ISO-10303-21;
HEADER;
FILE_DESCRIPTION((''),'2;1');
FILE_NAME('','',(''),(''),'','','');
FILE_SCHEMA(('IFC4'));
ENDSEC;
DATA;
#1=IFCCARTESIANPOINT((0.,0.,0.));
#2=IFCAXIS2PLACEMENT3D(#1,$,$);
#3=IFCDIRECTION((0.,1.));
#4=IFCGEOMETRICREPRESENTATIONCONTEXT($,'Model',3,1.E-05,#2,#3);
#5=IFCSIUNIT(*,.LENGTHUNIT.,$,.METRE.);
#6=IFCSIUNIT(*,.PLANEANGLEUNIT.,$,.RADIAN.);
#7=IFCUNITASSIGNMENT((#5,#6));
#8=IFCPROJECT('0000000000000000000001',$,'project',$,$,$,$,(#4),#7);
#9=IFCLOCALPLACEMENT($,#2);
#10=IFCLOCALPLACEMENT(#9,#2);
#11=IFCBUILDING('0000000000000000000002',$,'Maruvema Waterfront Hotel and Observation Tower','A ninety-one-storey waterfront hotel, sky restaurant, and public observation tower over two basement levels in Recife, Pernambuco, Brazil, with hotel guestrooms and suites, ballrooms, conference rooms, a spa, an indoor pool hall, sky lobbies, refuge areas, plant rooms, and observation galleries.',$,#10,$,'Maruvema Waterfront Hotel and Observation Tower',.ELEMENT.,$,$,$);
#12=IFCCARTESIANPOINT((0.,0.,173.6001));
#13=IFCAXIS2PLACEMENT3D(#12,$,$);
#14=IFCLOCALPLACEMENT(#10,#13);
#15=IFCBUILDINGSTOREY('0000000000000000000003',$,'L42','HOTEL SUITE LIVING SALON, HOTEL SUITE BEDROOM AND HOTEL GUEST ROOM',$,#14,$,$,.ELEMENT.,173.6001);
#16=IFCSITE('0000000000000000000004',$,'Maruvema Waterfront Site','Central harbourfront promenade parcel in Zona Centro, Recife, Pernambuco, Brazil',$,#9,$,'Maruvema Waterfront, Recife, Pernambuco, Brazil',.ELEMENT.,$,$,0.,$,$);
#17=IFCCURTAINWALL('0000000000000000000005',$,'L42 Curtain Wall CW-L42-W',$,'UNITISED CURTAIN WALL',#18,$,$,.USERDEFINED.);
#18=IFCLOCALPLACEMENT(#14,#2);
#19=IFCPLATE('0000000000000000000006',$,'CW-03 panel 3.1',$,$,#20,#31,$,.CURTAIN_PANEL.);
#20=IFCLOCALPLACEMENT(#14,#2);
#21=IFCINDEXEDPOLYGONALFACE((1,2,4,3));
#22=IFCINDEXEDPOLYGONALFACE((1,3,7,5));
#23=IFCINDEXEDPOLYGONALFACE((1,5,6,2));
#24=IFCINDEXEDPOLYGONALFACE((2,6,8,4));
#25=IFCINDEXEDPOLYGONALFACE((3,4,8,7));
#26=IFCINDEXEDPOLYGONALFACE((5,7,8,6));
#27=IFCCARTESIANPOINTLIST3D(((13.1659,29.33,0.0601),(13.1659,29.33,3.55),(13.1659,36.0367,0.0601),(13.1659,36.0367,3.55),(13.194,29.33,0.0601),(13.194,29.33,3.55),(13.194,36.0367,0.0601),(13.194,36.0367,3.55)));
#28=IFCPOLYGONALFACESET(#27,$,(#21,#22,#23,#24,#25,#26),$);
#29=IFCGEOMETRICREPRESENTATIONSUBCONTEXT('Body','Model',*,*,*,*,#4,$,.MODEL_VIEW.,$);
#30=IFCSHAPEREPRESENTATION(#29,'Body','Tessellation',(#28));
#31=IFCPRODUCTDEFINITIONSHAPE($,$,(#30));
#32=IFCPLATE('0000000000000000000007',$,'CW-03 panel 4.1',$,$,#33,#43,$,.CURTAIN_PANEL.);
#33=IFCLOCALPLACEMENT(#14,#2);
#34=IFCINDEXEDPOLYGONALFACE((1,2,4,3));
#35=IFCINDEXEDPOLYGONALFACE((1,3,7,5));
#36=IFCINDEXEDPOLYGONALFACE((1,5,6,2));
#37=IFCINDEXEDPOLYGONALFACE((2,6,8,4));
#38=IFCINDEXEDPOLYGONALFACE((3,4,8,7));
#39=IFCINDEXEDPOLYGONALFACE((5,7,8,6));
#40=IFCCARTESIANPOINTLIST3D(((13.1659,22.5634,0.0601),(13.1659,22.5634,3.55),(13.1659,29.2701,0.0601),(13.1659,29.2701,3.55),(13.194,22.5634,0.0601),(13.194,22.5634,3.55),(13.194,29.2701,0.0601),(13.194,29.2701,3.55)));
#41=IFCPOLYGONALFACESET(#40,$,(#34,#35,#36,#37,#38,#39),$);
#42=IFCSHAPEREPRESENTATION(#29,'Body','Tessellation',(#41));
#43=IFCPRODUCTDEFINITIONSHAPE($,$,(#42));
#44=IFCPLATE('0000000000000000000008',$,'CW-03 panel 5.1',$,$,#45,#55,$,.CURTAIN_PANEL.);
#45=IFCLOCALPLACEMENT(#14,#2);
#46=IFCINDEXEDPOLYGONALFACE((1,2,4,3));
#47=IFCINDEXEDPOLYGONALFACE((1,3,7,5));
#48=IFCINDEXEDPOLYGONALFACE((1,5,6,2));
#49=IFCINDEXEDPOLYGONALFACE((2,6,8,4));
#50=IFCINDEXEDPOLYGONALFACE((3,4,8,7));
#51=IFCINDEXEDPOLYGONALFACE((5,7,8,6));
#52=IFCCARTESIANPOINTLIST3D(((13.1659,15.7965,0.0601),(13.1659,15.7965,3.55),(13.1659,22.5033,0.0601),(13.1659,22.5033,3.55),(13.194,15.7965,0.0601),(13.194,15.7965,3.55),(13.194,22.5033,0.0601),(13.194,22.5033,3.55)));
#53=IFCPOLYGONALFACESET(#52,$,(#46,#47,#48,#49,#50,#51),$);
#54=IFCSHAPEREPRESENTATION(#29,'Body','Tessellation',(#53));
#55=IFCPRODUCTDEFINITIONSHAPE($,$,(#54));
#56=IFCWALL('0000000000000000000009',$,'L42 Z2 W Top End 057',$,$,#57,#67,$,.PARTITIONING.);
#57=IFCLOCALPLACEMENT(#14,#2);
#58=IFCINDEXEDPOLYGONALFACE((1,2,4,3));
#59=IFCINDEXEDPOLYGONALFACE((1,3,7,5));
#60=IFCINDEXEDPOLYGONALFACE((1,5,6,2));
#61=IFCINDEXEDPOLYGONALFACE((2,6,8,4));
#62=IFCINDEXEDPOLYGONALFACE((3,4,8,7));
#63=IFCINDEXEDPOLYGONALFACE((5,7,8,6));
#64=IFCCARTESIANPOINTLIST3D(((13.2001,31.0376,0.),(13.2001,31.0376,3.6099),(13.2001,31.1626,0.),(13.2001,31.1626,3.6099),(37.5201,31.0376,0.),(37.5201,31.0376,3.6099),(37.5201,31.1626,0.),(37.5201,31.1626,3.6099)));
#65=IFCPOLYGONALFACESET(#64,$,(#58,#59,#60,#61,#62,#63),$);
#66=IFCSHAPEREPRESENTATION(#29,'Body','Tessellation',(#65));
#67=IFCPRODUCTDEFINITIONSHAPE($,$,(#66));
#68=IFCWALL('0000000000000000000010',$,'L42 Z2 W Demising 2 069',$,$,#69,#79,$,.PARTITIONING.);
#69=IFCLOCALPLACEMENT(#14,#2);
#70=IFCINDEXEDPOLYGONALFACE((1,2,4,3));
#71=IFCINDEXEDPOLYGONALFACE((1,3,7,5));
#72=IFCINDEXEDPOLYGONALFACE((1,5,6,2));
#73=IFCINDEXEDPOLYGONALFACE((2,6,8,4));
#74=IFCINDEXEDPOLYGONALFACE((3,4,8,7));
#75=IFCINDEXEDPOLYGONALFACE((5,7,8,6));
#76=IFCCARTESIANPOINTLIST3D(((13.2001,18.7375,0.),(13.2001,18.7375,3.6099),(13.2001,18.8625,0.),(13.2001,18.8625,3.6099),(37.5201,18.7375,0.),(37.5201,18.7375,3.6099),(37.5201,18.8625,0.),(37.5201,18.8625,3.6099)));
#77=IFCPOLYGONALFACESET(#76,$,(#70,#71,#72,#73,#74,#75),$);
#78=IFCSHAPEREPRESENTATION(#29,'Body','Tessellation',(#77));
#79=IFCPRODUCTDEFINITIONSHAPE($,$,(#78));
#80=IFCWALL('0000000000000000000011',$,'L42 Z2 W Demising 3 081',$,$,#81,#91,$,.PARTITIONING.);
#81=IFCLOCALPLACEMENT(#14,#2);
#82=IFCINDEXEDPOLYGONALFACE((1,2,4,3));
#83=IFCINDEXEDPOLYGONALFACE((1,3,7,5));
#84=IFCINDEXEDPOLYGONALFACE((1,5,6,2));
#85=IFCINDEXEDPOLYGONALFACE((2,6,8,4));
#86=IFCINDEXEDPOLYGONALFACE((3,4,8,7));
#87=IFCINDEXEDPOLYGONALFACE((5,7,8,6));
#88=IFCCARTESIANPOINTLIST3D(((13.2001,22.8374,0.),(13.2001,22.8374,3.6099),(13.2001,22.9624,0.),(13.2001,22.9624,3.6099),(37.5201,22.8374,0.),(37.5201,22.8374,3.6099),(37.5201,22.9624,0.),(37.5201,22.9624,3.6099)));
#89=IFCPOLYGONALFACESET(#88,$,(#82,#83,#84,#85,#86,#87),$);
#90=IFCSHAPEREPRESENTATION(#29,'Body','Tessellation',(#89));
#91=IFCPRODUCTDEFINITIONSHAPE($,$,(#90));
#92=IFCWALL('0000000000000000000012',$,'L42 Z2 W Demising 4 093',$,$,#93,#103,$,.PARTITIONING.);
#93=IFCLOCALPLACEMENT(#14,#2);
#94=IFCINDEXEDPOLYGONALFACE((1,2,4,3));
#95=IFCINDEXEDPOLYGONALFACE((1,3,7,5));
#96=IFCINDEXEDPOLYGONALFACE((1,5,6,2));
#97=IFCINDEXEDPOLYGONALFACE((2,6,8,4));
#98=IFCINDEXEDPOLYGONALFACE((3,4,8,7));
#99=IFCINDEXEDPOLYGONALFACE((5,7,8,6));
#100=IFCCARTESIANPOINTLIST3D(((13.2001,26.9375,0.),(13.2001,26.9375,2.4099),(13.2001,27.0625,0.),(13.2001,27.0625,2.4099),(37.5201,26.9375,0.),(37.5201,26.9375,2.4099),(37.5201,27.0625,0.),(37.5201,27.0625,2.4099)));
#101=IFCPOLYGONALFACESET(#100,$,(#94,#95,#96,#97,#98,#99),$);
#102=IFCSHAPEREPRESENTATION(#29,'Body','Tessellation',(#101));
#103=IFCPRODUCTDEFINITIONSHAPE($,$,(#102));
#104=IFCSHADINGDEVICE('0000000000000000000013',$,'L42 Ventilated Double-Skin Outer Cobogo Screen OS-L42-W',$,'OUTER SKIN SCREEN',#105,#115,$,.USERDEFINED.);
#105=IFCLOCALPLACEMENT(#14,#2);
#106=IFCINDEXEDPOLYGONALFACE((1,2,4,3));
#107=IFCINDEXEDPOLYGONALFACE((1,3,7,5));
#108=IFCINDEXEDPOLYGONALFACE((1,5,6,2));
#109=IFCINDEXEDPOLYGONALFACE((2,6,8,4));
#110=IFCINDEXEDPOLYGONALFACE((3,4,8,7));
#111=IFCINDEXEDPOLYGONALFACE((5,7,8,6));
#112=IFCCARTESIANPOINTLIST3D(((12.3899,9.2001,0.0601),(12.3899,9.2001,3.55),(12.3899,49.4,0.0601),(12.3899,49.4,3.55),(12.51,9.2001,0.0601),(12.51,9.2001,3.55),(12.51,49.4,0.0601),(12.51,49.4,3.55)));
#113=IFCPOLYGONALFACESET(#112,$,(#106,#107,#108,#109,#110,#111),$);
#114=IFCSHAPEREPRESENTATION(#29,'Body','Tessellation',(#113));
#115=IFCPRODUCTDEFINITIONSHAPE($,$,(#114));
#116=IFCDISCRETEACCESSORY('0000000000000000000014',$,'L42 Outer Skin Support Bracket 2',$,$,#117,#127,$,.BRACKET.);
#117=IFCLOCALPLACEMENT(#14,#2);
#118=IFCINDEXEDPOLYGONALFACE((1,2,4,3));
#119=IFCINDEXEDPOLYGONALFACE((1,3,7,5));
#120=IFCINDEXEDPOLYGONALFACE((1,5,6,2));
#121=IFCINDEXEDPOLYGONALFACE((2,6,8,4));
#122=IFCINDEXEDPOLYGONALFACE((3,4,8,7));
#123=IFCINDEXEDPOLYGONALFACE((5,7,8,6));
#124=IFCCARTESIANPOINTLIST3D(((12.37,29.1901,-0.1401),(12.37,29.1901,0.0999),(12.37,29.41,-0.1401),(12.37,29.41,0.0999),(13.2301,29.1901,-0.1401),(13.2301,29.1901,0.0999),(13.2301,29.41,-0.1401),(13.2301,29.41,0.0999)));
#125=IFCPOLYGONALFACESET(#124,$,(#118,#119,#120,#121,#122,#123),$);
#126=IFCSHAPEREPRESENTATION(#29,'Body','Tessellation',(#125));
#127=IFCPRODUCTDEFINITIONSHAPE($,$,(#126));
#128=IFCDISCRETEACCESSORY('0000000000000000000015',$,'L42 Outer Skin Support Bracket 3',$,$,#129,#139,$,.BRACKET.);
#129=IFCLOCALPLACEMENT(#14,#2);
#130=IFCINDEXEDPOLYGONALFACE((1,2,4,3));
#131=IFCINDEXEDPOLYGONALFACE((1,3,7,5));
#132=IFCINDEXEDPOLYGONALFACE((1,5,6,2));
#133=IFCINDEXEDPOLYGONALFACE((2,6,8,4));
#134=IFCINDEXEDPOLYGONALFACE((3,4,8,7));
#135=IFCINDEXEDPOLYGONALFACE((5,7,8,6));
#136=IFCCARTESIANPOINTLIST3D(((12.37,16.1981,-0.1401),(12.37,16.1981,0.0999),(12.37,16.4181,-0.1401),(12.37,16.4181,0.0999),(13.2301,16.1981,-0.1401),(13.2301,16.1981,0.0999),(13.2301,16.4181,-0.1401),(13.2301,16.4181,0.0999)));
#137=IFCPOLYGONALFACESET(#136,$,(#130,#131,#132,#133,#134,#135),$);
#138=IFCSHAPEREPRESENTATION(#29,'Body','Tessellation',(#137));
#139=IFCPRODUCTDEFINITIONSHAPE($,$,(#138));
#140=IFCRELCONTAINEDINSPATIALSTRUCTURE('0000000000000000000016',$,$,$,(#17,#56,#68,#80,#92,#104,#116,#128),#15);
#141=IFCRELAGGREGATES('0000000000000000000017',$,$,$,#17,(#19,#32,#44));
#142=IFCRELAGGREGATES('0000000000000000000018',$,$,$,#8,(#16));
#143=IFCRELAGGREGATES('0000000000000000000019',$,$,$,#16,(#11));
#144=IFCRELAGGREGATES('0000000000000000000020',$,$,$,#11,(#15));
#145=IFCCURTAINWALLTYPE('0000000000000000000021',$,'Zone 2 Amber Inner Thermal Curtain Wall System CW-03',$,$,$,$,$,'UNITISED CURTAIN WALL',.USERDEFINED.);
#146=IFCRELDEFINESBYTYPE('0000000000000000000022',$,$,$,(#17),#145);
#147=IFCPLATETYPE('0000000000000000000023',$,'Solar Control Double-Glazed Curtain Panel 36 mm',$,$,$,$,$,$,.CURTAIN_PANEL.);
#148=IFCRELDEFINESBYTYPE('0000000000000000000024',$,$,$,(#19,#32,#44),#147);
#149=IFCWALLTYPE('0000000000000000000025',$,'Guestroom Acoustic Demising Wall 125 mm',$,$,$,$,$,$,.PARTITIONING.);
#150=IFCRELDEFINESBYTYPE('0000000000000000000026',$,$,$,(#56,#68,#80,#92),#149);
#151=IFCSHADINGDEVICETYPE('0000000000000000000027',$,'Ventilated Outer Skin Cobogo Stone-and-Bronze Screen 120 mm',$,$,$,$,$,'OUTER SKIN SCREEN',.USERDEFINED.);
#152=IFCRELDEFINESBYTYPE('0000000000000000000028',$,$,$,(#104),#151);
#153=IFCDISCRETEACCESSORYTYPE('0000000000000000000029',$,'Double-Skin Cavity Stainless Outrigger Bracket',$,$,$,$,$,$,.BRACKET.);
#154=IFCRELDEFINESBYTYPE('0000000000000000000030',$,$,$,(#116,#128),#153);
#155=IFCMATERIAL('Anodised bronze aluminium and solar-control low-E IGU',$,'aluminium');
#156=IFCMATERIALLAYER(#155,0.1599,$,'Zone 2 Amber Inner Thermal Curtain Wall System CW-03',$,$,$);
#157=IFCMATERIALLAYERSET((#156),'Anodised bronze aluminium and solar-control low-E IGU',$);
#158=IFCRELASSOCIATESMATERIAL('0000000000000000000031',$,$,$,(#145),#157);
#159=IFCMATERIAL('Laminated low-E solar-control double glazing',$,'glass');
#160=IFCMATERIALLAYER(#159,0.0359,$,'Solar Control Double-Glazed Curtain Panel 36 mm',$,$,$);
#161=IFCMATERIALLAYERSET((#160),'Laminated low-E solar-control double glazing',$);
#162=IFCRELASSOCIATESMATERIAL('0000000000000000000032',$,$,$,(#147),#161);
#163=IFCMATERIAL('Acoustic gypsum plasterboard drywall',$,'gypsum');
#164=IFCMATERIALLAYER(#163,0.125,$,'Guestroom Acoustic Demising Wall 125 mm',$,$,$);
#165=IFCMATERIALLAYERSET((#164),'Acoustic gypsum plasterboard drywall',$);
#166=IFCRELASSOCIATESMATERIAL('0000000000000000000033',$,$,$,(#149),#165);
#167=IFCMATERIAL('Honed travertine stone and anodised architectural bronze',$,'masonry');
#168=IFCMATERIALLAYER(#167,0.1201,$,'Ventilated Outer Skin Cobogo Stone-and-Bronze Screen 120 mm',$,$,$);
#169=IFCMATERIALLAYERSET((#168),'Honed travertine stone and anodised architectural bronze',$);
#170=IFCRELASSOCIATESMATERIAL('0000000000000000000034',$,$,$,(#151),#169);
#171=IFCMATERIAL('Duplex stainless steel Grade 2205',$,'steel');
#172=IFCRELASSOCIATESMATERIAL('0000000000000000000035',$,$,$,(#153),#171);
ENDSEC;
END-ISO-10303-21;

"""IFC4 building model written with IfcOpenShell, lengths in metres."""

from ifc_helpers import new_model, si_unit, direction, frame, frame_2d, origin, origin_2d, place, context, subcontext, project, spatial, rectangle, extrude, material, layer, layer_set, type_object, element, aggregate, save


model = new_model("IFC4")

# Units and contexts
model_context = context("Model", 3, precision=1e-05, world=origin(), true_north=direction((0.0, 1.0)))
body_context = subcontext(model_context, "Body", "Model", "MODEL_VIEW")
ifc_project = project(units=[si_unit("LENGTHUNIT", "METRE"), si_unit("PLANEANGLEUNIT", "RADIAN")], contexts=[model_context])

# Site, building, storey
site_placement = place(None, origin())
site = spatial("IfcSite", under=ifc_project, at=site_placement, Name="Maruvema Waterfront Site", Description="Central harbourfront promenade parcel in Zona Centro, Recife, Pernambuco, Brazil", LongName="Maruvema Waterfront, Recife, Pernambuco, Brazil", CompositionType="ELEMENT", RefElevation=0.0)
building_placement = place(site_placement, origin())
building = spatial("IfcBuilding", under=site, at=building_placement, Name="Maruvema Waterfront Hotel and Observation Tower", Description="A ninety-one-storey waterfront hotel, sky restaurant, and public observation tower over two basement levels in Recife, Pernambuco, Brazil, with hotel guestrooms and suites, ballrooms, conference rooms, a spa, an indoor pool hall, sky lobbies, refuge areas, plant rooms, and observation galleries.", LongName="Maruvema Waterfront Hotel and Observation Tower", CompositionType="ELEMENT")
storey_placement = place(building_placement, frame((0.0, 0.0, 173.6001)))
storey = spatial("IfcBuildingStorey", under=building, at=storey_placement, Name="L42", Description="HOTEL SUITE LIVING SALON, HOTEL SUITE BEDROOM AND HOTEL GUEST ROOM", CompositionType="ELEMENT", Elevation=173.6001)

# Curtain wall
ifc_material_1 = material(Name="Anodised bronze aluminium and solar-control low-E IGU", Category="aluminium")
ifc_layer_1 = layer(ifc_material_1, 0.1599, Name="Zone 2 Amber Inner Thermal Curtain Wall System CW-03")
ifc_layer_set_1 = layer_set([ifc_layer_1], Name="Anodised bronze aluminium and solar-control low-E IGU")
curtain_wall_type = type_object("IfcCurtainWallType", Name="Zone 2 Amber Inner Thermal Curtain Wall System CW-03", ElementType="UNITISED CURTAIN WALL", PredefinedType="USERDEFINED", material=ifc_layer_set_1)
curtain_wall_placement = place(storey_placement, origin())
curtain_wall = element("IfcCurtainWall", 1, at=curtain_wall_placement, inside=storey, type_object=curtain_wall_type, Name="L42 Curtain Wall CW-L42-W", ObjectType="UNITISED CURTAIN WALL", PredefinedType="USERDEFINED")

# Plates
ifc_material_2 = material(Name="Laminated low-E solar-control double glazing", Category="glass")
ifc_layer_2 = layer(ifc_material_2, 0.0359, Name="Solar Control Double-Glazed Curtain Panel 36 mm")
ifc_layer_set_2 = layer_set([ifc_layer_2], Name="Laminated low-E solar-control double glazing")
plate_type = type_object("IfcPlateType", Name="Solar Control Double-Glazed Curtain Panel 36 mm", PredefinedType="CURTAIN_PANEL", material=ifc_layer_set_2)
plate_1_placement = place(storey_placement, frame((13.1799, 32.6833, 0.0601), z_axis=(0.0, 0.0, 1.0), x_axis=(0.0, -1.0, 0.0)))
plate_1 = element("IfcPlate", 2, at=plate_1_placement, type_object=plate_type, Name="CW-03 panel 3.1", PredefinedType="CURTAIN_PANEL", context=body_context, shape_type="SweptSolid", body=[
    extrude(rectangle(XDim=6.7068, YDim=0.0281, at=origin_2d()), origin(), (0.0, 0.0, 1.0), 3.49),
])
plate_2_placement = place(storey_placement, frame((13.1799, 25.9167, 0.0601), z_axis=(0.0, 0.0, 1.0), x_axis=(0.0, -1.0, 0.0)))
plate_2 = element("IfcPlate", 3, at=plate_2_placement, type_object=plate_type, Name="CW-03 panel 4.1", PredefinedType="CURTAIN_PANEL", context=body_context, shape_type="SweptSolid", body=[
    extrude(rectangle(XDim=6.7068, YDim=0.0281, at=origin_2d()), origin(), (0.0, 0.0, 1.0), 3.49),
])
plate_3_placement = place(storey_placement, frame((13.1799, 19.1499, 0.0601), z_axis=(0.0, 0.0, 1.0), x_axis=(0.0, -1.0, 0.0)))
plate_3 = element("IfcPlate", 4, at=plate_3_placement, type_object=plate_type, Name="CW-03 panel 5.1", PredefinedType="CURTAIN_PANEL", context=body_context, shape_type="SweptSolid", body=[
    extrude(rectangle(XDim=6.7068, YDim=0.0281, at=origin_2d()), origin(), (0.0, 0.0, 1.0), 3.49),
])
aggregate(curtain_wall, [plate_1, plate_2, plate_3])

# Walls
ifc_material_3 = material(Name="Acoustic gypsum plasterboard drywall", Category="gypsum")
ifc_layer_3 = layer(ifc_material_3, 0.125, Name="Guestroom Acoustic Demising Wall 125 mm")
ifc_layer_set_3 = layer_set([ifc_layer_3], Name="Acoustic gypsum plasterboard drywall")
wall_type = type_object("IfcWallType", Name="Guestroom Acoustic Demising Wall 125 mm", PredefinedType="PARTITIONING", material=ifc_layer_set_3)
for number, where, z_axis, x_axis, name in (
    (5, (13.2, 31.1001, 0.0), (0.0, 0.0, 1.0), (1.0, 0.0, 0.0), "L42 Z2 W Top End 057"),
    (6, (13.2, 18.8, 0.0), (0.0, 0.0, 1.0), (1.0, 0.0, 0.0), "L42 Z2 W Demising 2 069"),
    (7, (13.2, 22.8999, 0.0), (0.0, 0.0, 1.0), (1.0, 0.0, 0.0), "L42 Z2 W Demising 3 081"),
):
    element("IfcWall", number, at=place(storey_placement, frame(where, z_axis=z_axis, x_axis=x_axis)), inside=storey, type_object=wall_type, Name=name, PredefinedType="PARTITIONING", context=body_context, shape_type="SweptSolid", body=[
        extrude(rectangle(XDim=24.3201, YDim=0.125, at=frame_2d((12.1602, 0.0))), origin(), (0.0, 0.0, 1.0), 3.6099),
    ])
wall_placement = place(storey_placement, frame((13.2, 27.0, 0.0), z_axis=(0.0, 0.0, 1.0), x_axis=(1.0, 0.0, 0.0)))
element("IfcWall", 8, at=wall_placement, inside=storey, type_object=wall_type, Name="L42 Z2 W Demising 4 093", PredefinedType="PARTITIONING", context=body_context, shape_type="SweptSolid", body=[
    extrude(rectangle(XDim=24.3201, YDim=0.125, at=frame_2d((12.1602, 0.0))), origin(), (0.0, 0.0, 1.0), 2.4099),
])

# Shading device
ifc_material_4 = material(Name="Honed travertine stone and anodised architectural bronze", Category="masonry")
ifc_layer_4 = layer(ifc_material_4, 0.1201, Name="Ventilated Outer Skin Cobogo Stone-and-Bronze Screen 120 mm")
ifc_layer_set_4 = layer_set([ifc_layer_4], Name="Honed travertine stone and anodised architectural bronze")
shading_device_type = type_object("IfcShadingDeviceType", Name="Ventilated Outer Skin Cobogo Stone-and-Bronze Screen 120 mm", ElementType="OUTER SKIN SCREEN", PredefinedType="USERDEFINED", material=ifc_layer_set_4)
shading_device_placement = place(storey_placement, frame((12.45, 29.3, 0.0601), z_axis=(0.0, 0.0, 1.0), x_axis=(0.0, -1.0, 0.0)))
element("IfcShadingDevice", 9, at=shading_device_placement, inside=storey, type_object=shading_device_type, Name="L42 Ventilated Double-Skin Outer Cobogo Screen OS-L42-W", ObjectType="OUTER SKIN SCREEN", PredefinedType="USERDEFINED", context=body_context, shape_type="SweptSolid", body=[
    extrude(rectangle(XDim=40.2, YDim=0.1201, at=origin_2d()), origin(), (0.0, 0.0, 1.0), 3.49),
])

# Discrete accessories
ifc_material_5 = material(Name="Duplex stainless steel Grade 2205", Category="steel")
discrete_accessory_type = type_object("IfcDiscreteAccessoryType", Name="Double-Skin Cavity Stainless Outrigger Bracket", PredefinedType="BRACKET", material=ifc_material_5)
for number, where, z_axis, x_axis, name in (
    (10, (12.8, 29.3, -0.1401), (0.0, 0.0, 1.0), (0.0, -1.0, 0.0), "L42 Outer Skin Support Bracket 2"),
    (11, (12.8, 16.3081, -0.1401), (0.0, 0.0, 1.0), (0.0, -1.0, 0.0), "L42 Outer Skin Support Bracket 3"),
):
    element("IfcDiscreteAccessory", number, at=place(storey_placement, frame(where, z_axis=z_axis, x_axis=x_axis)), inside=storey, type_object=discrete_accessory_type, Name=name, PredefinedType="BRACKET", context=body_context, shape_type="SweptSolid", body=[
        extrude(rectangle(XDim=0.22, YDim=0.8601, at=origin_2d()), origin(), (0.0, 0.0, 1.0), 0.24),
    ])

save(model, "model.ifc")
